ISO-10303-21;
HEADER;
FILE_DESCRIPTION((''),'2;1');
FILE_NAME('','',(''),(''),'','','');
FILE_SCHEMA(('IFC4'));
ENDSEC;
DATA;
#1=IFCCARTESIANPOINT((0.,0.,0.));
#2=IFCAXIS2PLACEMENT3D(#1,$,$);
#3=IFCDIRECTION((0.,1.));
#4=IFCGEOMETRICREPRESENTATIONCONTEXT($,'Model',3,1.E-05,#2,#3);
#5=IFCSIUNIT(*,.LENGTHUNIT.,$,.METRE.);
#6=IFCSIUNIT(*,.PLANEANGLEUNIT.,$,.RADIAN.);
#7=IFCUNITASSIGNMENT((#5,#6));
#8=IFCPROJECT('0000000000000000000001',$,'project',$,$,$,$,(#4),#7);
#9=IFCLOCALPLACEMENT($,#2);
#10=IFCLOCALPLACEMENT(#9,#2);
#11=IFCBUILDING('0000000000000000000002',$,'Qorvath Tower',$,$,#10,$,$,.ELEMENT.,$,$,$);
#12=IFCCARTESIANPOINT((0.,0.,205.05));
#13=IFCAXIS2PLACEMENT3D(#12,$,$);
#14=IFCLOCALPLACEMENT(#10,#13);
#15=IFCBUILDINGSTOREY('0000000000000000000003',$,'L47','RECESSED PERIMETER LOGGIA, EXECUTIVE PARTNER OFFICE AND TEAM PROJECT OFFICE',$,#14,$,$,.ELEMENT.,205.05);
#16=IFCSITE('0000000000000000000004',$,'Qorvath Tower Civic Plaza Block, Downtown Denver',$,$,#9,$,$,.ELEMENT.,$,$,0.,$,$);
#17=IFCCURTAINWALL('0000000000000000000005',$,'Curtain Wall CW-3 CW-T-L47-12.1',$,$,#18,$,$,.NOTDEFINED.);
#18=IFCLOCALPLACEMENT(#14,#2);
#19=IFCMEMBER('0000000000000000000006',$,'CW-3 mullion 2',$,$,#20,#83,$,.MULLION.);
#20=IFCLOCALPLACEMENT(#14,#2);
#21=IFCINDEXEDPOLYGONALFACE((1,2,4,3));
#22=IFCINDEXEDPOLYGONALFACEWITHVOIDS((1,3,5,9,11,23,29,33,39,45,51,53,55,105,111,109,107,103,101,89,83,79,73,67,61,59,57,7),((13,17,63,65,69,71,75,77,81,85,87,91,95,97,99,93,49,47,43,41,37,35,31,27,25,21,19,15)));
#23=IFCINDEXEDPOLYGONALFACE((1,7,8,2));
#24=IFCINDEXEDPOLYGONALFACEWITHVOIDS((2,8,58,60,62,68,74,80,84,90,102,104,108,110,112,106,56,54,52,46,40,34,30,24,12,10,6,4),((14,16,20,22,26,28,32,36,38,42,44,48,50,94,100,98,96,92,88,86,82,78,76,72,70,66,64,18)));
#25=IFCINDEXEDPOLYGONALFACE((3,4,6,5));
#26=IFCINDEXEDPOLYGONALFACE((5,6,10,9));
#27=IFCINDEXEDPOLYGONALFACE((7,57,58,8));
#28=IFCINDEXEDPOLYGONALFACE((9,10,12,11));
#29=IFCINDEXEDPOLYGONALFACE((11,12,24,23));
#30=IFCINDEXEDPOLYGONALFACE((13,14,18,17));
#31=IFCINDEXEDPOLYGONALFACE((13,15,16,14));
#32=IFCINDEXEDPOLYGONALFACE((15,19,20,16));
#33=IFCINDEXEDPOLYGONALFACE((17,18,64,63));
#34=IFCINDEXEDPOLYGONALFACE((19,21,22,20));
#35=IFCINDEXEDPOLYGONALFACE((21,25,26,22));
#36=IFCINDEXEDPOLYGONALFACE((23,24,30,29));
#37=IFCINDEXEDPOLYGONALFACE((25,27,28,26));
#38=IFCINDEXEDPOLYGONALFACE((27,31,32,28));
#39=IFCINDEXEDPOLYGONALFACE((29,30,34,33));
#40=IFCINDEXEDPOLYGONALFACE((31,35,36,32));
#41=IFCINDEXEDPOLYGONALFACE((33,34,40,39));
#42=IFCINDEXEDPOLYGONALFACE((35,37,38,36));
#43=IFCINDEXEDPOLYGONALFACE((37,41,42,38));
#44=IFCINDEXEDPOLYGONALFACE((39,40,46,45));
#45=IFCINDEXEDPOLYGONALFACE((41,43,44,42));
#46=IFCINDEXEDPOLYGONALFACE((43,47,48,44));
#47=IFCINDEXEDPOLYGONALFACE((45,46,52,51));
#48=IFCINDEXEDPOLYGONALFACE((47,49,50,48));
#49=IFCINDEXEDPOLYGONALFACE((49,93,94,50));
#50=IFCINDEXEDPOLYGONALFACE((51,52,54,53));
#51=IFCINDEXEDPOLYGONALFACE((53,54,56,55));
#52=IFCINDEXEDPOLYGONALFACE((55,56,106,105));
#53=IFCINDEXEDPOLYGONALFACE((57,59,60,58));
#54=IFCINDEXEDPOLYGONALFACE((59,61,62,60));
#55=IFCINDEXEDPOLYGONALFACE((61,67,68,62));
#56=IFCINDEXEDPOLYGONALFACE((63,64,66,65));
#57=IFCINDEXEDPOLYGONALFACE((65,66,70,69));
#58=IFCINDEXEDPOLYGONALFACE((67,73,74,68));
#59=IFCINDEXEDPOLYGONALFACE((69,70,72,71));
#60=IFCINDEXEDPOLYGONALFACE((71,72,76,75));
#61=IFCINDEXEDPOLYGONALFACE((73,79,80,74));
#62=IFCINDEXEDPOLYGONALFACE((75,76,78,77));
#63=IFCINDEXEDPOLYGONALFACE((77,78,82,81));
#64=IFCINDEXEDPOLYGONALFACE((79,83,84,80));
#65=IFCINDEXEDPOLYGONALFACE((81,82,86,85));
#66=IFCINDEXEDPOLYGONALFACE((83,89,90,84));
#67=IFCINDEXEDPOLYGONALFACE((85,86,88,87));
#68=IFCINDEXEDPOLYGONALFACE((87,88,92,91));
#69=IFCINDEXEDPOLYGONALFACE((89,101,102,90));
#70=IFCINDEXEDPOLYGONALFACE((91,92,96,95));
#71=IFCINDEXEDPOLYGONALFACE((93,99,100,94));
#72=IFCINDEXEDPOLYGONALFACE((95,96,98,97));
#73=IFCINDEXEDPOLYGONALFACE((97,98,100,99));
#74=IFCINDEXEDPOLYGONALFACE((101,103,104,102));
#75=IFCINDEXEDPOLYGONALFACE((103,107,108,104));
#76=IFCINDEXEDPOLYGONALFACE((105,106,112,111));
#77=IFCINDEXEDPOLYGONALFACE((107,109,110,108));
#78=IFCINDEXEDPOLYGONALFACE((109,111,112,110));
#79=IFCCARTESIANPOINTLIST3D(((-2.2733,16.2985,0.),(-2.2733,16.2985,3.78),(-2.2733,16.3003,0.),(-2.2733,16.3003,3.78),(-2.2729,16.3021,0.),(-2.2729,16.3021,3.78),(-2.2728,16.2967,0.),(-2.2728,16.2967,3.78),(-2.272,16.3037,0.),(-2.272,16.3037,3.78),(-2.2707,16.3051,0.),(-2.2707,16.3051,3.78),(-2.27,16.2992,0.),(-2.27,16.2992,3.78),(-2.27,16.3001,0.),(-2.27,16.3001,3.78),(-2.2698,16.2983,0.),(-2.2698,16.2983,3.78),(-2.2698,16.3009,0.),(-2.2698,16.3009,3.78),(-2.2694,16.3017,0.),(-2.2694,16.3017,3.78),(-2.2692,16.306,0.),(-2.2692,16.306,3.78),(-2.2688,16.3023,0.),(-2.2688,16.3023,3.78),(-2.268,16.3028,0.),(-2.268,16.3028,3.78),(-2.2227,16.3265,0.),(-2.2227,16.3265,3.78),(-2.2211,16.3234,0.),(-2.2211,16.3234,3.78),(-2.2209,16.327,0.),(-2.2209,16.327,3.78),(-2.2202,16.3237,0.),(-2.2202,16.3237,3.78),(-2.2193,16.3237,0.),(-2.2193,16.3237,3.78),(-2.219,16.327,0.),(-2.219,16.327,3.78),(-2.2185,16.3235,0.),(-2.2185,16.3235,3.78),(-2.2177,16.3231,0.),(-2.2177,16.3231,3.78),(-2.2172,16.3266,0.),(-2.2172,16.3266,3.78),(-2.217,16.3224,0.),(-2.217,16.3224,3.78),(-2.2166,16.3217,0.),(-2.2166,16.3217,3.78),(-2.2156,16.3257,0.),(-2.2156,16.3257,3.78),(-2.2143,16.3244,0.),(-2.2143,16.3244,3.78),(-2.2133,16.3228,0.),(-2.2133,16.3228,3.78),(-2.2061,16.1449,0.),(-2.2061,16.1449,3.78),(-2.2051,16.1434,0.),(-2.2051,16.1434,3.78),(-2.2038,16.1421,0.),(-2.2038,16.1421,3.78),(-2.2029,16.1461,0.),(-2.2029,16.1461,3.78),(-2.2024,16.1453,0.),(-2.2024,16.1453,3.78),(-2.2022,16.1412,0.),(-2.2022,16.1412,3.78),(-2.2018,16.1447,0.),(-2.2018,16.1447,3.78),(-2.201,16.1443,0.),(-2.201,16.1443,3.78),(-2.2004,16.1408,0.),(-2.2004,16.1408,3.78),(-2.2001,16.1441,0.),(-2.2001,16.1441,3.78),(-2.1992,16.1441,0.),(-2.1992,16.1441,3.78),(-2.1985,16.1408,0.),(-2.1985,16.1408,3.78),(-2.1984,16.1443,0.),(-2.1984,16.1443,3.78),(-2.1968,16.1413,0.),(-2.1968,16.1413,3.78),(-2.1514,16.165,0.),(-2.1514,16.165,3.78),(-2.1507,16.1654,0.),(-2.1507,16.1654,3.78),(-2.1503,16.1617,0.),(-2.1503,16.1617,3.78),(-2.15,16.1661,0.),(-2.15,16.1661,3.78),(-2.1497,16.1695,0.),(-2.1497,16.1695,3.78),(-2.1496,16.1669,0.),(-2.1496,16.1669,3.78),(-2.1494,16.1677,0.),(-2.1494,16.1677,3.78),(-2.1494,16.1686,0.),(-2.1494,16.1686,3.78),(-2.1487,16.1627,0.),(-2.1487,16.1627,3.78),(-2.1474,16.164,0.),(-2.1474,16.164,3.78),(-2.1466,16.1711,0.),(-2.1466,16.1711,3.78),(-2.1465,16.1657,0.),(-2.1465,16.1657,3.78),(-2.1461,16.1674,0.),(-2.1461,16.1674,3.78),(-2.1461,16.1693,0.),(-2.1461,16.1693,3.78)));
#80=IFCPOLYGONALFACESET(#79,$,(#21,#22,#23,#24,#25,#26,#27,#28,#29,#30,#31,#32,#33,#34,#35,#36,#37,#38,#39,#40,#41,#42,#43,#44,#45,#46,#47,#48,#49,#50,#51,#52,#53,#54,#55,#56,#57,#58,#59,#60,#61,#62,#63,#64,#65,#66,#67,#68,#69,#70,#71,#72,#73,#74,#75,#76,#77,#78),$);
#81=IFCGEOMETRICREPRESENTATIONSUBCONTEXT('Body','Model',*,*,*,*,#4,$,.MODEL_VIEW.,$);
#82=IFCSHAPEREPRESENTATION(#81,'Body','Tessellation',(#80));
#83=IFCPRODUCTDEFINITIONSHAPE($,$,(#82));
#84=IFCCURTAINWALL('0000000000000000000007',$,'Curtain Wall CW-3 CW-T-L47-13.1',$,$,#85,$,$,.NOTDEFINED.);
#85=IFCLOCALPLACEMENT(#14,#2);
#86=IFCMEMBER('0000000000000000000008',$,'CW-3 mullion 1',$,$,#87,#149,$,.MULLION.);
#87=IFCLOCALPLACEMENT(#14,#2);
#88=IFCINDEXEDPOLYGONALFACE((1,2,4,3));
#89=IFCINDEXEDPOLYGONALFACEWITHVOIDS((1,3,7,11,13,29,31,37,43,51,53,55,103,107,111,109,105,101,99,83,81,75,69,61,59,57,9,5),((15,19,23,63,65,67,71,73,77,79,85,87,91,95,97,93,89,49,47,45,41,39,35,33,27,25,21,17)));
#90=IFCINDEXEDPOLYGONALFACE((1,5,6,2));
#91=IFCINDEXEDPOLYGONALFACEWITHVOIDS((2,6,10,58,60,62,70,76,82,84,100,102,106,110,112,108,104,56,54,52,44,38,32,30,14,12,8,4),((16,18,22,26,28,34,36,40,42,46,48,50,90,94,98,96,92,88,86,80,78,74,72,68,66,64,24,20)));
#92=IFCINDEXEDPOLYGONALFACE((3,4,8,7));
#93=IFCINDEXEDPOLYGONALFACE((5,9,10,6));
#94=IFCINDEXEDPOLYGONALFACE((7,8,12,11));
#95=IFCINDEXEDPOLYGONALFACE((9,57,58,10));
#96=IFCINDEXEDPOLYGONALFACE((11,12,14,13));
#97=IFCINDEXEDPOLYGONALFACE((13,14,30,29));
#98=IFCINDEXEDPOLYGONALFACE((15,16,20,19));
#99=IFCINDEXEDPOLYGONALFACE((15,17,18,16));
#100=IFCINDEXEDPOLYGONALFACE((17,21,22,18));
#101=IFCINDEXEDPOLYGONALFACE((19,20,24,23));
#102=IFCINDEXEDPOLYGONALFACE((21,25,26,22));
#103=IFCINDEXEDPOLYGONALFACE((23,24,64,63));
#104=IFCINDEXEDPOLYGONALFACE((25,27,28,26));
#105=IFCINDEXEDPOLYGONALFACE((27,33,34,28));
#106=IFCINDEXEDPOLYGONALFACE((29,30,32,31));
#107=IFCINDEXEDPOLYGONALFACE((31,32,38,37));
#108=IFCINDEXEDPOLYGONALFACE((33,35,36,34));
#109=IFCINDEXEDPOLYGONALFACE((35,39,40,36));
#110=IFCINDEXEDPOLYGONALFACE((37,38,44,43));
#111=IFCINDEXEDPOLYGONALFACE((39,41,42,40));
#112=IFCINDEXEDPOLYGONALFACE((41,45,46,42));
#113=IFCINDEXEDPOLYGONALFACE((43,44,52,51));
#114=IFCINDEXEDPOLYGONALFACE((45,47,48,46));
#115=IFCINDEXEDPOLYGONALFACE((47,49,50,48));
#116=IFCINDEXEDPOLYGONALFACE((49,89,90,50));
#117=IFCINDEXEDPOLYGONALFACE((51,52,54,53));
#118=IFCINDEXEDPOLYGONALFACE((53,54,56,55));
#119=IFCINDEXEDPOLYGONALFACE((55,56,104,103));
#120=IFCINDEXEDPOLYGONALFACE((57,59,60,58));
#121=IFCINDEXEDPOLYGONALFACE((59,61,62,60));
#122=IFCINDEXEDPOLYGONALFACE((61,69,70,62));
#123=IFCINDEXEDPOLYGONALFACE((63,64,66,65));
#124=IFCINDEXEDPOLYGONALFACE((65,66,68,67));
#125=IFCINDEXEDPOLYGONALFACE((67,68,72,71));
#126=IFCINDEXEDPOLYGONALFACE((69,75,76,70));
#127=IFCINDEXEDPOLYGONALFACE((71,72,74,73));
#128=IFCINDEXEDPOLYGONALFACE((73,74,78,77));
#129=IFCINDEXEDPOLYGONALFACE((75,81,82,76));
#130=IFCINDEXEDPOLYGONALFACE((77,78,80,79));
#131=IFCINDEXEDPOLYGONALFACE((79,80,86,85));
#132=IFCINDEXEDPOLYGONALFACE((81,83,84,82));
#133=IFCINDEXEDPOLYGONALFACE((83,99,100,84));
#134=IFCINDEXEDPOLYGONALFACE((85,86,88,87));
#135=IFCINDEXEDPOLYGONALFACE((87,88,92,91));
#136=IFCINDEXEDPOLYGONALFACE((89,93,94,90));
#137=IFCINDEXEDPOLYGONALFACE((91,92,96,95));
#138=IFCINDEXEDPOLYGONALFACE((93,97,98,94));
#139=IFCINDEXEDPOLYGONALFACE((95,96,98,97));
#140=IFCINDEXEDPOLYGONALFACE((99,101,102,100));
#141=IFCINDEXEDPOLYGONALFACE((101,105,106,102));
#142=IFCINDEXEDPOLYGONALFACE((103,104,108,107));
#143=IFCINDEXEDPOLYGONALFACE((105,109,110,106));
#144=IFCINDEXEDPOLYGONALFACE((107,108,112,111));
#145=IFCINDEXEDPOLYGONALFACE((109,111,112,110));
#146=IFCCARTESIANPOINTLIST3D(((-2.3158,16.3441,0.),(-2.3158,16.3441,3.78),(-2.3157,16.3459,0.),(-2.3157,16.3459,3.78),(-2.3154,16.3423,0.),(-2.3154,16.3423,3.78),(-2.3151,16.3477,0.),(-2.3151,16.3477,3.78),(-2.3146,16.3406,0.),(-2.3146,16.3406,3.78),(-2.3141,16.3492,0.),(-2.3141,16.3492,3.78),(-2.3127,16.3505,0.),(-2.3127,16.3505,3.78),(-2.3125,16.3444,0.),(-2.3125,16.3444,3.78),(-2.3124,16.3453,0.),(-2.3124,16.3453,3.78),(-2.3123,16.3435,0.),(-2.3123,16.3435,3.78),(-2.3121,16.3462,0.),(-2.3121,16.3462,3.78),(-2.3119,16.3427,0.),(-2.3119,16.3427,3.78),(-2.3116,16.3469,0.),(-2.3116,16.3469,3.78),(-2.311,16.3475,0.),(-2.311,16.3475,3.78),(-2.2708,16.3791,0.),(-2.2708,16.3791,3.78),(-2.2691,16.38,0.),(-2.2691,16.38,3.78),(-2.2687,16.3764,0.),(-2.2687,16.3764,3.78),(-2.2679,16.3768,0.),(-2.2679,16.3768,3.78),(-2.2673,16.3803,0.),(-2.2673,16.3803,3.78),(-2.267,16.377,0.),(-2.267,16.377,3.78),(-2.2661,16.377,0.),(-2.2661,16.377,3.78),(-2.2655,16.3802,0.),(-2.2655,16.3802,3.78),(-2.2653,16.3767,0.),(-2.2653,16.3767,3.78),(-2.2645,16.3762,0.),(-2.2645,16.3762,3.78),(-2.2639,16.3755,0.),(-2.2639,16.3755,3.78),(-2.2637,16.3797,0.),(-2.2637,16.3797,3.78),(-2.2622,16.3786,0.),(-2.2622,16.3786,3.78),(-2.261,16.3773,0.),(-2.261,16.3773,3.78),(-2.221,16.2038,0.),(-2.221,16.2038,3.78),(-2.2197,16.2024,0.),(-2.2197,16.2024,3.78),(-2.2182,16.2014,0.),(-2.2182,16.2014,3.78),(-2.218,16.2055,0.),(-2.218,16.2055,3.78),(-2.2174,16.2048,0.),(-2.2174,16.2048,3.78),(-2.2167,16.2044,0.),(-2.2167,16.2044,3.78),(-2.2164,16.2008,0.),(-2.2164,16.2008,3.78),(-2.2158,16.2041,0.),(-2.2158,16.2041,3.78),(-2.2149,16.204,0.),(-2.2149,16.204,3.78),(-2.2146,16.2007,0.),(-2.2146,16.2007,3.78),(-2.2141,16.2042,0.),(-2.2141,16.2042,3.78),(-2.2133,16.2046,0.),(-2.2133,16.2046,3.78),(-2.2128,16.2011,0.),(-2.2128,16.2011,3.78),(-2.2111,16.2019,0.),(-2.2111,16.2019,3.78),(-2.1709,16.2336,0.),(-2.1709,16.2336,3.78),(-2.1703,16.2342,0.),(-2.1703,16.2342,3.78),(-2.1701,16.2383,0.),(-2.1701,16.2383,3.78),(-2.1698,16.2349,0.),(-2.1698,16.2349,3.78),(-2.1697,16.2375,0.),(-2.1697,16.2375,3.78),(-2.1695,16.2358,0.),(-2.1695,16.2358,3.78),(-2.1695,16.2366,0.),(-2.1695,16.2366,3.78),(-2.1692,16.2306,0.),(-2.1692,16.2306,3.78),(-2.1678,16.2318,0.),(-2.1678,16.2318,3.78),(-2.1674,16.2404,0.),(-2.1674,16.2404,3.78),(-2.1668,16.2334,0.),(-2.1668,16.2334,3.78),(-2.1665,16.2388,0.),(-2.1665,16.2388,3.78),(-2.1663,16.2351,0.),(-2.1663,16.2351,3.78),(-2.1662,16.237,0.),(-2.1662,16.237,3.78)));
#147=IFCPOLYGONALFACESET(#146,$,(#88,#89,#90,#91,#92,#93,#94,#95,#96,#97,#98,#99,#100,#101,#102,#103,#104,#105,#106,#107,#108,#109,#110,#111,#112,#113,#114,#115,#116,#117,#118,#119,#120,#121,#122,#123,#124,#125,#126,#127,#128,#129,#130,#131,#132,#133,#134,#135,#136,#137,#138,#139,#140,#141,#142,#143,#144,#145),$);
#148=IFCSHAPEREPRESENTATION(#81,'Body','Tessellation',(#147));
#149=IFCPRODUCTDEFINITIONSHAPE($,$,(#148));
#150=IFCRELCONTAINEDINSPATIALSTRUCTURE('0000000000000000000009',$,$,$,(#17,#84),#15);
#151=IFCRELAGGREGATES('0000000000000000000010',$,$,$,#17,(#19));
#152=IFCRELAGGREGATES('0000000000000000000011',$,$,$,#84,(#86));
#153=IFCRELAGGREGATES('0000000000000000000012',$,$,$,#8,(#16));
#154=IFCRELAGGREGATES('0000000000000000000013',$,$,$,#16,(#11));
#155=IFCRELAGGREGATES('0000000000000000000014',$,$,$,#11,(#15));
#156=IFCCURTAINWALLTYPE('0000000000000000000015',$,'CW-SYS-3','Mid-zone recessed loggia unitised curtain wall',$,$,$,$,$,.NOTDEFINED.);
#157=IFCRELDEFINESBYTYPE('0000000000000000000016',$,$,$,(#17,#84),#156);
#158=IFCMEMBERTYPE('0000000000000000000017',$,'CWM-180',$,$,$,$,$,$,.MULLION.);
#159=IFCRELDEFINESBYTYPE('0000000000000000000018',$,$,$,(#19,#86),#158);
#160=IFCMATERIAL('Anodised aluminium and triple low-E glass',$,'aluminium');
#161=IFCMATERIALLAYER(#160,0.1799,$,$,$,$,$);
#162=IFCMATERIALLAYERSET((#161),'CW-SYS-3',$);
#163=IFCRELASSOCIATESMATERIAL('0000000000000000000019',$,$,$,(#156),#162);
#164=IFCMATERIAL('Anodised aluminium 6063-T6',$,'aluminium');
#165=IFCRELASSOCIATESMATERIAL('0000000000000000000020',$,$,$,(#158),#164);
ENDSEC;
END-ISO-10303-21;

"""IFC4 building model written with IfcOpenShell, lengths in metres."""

from ifc_helpers import new_model, si_unit, direction, frame, origin, origin_2d, place, context, subcontext, project, spatial, hollow_rectangle, extrude, material, layer, layer_set, material_profile, profile_set, type_object, element, aggregate, save


model = new_model("IFC4")

# Units and contexts
model_context = context("Model", 3, precision=1e-05, world=origin(), true_north=direction((0.0, 1.0)))
body_context = subcontext(model_context, "Body", "Model", "MODEL_VIEW")
ifc_project = project(units=[si_unit("LENGTHUNIT", "METRE"), si_unit("PLANEANGLEUNIT", "RADIAN")], contexts=[model_context])

# Site, building, storey
site_placement = place(None, origin())
site = spatial("IfcSite", under=ifc_project, at=site_placement, Name="Qorvath Tower Civic Plaza Block, Downtown Denver", CompositionType="ELEMENT", RefElevation=0.0)
building_placement = place(site_placement, origin())
building = spatial("IfcBuilding", under=site, at=building_placement, Name="Qorvath Tower", CompositionType="ELEMENT")
storey_placement = place(building_placement, frame((0.0, 0.0, 205.05)))
storey = spatial("IfcBuildingStorey", under=building, at=storey_placement, Name="L47", Description="RECESSED PERIMETER LOGGIA, EXECUTIVE PARTNER OFFICE AND TEAM PROJECT OFFICE", CompositionType="ELEMENT", Elevation=205.05)

# Shared definitions
ifc_material_1 = material(Name="Anodised aluminium and triple low-E glass", Category="aluminium")
ifc_layer_1 = layer(ifc_material_1, 0.1799)
ifc_layer_set_1 = layer_set([ifc_layer_1], Name="CW-SYS-3")
curtain_wall_type = type_object("IfcCurtainWallType", Name="CW-SYS-3", Description="Mid-zone recessed loggia unitised curtain wall", PredefinedType="NOTDEFINED", material=ifc_layer_set_1)
ifc_material_2 = material(Name="Anodised aluminium 6063-T6", Category="aluminium")
ifc_material_profile_1 = material_profile(ifc_material_2, hollow_rectangle(XDim=0.0649, YDim=0.1799, WallThickness=0.0034, InnerFilletRadius=0.0034, OuterFilletRadius=0.0071, at=origin_2d()), Name="CWM 180x65")
ifc_profile_set_1 = profile_set([ifc_material_profile_1], Name="Anodised aluminium 6063-T6")
member_type_1 = type_object("IfcMemberType", Name="CWM-180", PredefinedType="MULLION", material=ifc_profile_set_1)

# Curtain walls, members
curtain_wall_1_placement = place(storey_placement, origin())
curtain_wall_1 = element("IfcCurtainWall", 1, at=curtain_wall_1_placement, inside=storey, type_object=curtain_wall_type, Name="Curtain Wall CW-3 CW-T-L47-12.1", PredefinedType="NOTDEFINED")
member_1_placement = place(storey_placement, frame((-2.2097, 16.2339, 0.0), z_axis=(0.0, 0.0, 1.0), x_axis=(-0.915499, -0.402321, 0.0)))
member_1 = element("IfcMember", 2, at=member_1_placement, type_object=member_type_1, Name="CW-3 mullion 2", PredefinedType="MULLION", context=body_context, shape_type="SweptSolid", body=[
    extrude(hollow_rectangle(XDim=0.0649, YDim=0.1799, WallThickness=0.0034, InnerFilletRadius=0.0034, OuterFilletRadius=0.0071, at=origin_2d()), origin(), (0.0, 0.0, 1.0), 3.78),
])
curtain_wall_2_placement = place(storey_placement, origin())
curtain_wall_2 = element("IfcCurtainWall", 3, at=curtain_wall_2_placement, inside=storey, type_object=curtain_wall_type, Name="Curtain Wall CW-3 CW-T-L47-13.1", PredefinedType="NOTDEFINED")
member_2_placement = place(storey_placement, frame((-2.241, 16.2905, 0.0), z_axis=(0.0, 0.0, 1.0), x_axis=(-0.825425, -0.564512, 0.0)))
member_2 = element("IfcMember", 4, at=member_2_placement, type_object=member_type_1, Name="CW-3 mullion 1", PredefinedType="MULLION", context=body_context, shape_type="SweptSolid", body=[
    extrude(hollow_rectangle(XDim=0.0649, YDim=0.1799, WallThickness=0.0034, InnerFilletRadius=0.0034, OuterFilletRadius=0.0071, at=origin_2d()), origin(), (0.0, 0.0, 1.0), 3.78),
])

aggregate(curtain_wall_1, [member_1])
aggregate(curtain_wall_2, [member_2])

save(model, "model.ifc")
